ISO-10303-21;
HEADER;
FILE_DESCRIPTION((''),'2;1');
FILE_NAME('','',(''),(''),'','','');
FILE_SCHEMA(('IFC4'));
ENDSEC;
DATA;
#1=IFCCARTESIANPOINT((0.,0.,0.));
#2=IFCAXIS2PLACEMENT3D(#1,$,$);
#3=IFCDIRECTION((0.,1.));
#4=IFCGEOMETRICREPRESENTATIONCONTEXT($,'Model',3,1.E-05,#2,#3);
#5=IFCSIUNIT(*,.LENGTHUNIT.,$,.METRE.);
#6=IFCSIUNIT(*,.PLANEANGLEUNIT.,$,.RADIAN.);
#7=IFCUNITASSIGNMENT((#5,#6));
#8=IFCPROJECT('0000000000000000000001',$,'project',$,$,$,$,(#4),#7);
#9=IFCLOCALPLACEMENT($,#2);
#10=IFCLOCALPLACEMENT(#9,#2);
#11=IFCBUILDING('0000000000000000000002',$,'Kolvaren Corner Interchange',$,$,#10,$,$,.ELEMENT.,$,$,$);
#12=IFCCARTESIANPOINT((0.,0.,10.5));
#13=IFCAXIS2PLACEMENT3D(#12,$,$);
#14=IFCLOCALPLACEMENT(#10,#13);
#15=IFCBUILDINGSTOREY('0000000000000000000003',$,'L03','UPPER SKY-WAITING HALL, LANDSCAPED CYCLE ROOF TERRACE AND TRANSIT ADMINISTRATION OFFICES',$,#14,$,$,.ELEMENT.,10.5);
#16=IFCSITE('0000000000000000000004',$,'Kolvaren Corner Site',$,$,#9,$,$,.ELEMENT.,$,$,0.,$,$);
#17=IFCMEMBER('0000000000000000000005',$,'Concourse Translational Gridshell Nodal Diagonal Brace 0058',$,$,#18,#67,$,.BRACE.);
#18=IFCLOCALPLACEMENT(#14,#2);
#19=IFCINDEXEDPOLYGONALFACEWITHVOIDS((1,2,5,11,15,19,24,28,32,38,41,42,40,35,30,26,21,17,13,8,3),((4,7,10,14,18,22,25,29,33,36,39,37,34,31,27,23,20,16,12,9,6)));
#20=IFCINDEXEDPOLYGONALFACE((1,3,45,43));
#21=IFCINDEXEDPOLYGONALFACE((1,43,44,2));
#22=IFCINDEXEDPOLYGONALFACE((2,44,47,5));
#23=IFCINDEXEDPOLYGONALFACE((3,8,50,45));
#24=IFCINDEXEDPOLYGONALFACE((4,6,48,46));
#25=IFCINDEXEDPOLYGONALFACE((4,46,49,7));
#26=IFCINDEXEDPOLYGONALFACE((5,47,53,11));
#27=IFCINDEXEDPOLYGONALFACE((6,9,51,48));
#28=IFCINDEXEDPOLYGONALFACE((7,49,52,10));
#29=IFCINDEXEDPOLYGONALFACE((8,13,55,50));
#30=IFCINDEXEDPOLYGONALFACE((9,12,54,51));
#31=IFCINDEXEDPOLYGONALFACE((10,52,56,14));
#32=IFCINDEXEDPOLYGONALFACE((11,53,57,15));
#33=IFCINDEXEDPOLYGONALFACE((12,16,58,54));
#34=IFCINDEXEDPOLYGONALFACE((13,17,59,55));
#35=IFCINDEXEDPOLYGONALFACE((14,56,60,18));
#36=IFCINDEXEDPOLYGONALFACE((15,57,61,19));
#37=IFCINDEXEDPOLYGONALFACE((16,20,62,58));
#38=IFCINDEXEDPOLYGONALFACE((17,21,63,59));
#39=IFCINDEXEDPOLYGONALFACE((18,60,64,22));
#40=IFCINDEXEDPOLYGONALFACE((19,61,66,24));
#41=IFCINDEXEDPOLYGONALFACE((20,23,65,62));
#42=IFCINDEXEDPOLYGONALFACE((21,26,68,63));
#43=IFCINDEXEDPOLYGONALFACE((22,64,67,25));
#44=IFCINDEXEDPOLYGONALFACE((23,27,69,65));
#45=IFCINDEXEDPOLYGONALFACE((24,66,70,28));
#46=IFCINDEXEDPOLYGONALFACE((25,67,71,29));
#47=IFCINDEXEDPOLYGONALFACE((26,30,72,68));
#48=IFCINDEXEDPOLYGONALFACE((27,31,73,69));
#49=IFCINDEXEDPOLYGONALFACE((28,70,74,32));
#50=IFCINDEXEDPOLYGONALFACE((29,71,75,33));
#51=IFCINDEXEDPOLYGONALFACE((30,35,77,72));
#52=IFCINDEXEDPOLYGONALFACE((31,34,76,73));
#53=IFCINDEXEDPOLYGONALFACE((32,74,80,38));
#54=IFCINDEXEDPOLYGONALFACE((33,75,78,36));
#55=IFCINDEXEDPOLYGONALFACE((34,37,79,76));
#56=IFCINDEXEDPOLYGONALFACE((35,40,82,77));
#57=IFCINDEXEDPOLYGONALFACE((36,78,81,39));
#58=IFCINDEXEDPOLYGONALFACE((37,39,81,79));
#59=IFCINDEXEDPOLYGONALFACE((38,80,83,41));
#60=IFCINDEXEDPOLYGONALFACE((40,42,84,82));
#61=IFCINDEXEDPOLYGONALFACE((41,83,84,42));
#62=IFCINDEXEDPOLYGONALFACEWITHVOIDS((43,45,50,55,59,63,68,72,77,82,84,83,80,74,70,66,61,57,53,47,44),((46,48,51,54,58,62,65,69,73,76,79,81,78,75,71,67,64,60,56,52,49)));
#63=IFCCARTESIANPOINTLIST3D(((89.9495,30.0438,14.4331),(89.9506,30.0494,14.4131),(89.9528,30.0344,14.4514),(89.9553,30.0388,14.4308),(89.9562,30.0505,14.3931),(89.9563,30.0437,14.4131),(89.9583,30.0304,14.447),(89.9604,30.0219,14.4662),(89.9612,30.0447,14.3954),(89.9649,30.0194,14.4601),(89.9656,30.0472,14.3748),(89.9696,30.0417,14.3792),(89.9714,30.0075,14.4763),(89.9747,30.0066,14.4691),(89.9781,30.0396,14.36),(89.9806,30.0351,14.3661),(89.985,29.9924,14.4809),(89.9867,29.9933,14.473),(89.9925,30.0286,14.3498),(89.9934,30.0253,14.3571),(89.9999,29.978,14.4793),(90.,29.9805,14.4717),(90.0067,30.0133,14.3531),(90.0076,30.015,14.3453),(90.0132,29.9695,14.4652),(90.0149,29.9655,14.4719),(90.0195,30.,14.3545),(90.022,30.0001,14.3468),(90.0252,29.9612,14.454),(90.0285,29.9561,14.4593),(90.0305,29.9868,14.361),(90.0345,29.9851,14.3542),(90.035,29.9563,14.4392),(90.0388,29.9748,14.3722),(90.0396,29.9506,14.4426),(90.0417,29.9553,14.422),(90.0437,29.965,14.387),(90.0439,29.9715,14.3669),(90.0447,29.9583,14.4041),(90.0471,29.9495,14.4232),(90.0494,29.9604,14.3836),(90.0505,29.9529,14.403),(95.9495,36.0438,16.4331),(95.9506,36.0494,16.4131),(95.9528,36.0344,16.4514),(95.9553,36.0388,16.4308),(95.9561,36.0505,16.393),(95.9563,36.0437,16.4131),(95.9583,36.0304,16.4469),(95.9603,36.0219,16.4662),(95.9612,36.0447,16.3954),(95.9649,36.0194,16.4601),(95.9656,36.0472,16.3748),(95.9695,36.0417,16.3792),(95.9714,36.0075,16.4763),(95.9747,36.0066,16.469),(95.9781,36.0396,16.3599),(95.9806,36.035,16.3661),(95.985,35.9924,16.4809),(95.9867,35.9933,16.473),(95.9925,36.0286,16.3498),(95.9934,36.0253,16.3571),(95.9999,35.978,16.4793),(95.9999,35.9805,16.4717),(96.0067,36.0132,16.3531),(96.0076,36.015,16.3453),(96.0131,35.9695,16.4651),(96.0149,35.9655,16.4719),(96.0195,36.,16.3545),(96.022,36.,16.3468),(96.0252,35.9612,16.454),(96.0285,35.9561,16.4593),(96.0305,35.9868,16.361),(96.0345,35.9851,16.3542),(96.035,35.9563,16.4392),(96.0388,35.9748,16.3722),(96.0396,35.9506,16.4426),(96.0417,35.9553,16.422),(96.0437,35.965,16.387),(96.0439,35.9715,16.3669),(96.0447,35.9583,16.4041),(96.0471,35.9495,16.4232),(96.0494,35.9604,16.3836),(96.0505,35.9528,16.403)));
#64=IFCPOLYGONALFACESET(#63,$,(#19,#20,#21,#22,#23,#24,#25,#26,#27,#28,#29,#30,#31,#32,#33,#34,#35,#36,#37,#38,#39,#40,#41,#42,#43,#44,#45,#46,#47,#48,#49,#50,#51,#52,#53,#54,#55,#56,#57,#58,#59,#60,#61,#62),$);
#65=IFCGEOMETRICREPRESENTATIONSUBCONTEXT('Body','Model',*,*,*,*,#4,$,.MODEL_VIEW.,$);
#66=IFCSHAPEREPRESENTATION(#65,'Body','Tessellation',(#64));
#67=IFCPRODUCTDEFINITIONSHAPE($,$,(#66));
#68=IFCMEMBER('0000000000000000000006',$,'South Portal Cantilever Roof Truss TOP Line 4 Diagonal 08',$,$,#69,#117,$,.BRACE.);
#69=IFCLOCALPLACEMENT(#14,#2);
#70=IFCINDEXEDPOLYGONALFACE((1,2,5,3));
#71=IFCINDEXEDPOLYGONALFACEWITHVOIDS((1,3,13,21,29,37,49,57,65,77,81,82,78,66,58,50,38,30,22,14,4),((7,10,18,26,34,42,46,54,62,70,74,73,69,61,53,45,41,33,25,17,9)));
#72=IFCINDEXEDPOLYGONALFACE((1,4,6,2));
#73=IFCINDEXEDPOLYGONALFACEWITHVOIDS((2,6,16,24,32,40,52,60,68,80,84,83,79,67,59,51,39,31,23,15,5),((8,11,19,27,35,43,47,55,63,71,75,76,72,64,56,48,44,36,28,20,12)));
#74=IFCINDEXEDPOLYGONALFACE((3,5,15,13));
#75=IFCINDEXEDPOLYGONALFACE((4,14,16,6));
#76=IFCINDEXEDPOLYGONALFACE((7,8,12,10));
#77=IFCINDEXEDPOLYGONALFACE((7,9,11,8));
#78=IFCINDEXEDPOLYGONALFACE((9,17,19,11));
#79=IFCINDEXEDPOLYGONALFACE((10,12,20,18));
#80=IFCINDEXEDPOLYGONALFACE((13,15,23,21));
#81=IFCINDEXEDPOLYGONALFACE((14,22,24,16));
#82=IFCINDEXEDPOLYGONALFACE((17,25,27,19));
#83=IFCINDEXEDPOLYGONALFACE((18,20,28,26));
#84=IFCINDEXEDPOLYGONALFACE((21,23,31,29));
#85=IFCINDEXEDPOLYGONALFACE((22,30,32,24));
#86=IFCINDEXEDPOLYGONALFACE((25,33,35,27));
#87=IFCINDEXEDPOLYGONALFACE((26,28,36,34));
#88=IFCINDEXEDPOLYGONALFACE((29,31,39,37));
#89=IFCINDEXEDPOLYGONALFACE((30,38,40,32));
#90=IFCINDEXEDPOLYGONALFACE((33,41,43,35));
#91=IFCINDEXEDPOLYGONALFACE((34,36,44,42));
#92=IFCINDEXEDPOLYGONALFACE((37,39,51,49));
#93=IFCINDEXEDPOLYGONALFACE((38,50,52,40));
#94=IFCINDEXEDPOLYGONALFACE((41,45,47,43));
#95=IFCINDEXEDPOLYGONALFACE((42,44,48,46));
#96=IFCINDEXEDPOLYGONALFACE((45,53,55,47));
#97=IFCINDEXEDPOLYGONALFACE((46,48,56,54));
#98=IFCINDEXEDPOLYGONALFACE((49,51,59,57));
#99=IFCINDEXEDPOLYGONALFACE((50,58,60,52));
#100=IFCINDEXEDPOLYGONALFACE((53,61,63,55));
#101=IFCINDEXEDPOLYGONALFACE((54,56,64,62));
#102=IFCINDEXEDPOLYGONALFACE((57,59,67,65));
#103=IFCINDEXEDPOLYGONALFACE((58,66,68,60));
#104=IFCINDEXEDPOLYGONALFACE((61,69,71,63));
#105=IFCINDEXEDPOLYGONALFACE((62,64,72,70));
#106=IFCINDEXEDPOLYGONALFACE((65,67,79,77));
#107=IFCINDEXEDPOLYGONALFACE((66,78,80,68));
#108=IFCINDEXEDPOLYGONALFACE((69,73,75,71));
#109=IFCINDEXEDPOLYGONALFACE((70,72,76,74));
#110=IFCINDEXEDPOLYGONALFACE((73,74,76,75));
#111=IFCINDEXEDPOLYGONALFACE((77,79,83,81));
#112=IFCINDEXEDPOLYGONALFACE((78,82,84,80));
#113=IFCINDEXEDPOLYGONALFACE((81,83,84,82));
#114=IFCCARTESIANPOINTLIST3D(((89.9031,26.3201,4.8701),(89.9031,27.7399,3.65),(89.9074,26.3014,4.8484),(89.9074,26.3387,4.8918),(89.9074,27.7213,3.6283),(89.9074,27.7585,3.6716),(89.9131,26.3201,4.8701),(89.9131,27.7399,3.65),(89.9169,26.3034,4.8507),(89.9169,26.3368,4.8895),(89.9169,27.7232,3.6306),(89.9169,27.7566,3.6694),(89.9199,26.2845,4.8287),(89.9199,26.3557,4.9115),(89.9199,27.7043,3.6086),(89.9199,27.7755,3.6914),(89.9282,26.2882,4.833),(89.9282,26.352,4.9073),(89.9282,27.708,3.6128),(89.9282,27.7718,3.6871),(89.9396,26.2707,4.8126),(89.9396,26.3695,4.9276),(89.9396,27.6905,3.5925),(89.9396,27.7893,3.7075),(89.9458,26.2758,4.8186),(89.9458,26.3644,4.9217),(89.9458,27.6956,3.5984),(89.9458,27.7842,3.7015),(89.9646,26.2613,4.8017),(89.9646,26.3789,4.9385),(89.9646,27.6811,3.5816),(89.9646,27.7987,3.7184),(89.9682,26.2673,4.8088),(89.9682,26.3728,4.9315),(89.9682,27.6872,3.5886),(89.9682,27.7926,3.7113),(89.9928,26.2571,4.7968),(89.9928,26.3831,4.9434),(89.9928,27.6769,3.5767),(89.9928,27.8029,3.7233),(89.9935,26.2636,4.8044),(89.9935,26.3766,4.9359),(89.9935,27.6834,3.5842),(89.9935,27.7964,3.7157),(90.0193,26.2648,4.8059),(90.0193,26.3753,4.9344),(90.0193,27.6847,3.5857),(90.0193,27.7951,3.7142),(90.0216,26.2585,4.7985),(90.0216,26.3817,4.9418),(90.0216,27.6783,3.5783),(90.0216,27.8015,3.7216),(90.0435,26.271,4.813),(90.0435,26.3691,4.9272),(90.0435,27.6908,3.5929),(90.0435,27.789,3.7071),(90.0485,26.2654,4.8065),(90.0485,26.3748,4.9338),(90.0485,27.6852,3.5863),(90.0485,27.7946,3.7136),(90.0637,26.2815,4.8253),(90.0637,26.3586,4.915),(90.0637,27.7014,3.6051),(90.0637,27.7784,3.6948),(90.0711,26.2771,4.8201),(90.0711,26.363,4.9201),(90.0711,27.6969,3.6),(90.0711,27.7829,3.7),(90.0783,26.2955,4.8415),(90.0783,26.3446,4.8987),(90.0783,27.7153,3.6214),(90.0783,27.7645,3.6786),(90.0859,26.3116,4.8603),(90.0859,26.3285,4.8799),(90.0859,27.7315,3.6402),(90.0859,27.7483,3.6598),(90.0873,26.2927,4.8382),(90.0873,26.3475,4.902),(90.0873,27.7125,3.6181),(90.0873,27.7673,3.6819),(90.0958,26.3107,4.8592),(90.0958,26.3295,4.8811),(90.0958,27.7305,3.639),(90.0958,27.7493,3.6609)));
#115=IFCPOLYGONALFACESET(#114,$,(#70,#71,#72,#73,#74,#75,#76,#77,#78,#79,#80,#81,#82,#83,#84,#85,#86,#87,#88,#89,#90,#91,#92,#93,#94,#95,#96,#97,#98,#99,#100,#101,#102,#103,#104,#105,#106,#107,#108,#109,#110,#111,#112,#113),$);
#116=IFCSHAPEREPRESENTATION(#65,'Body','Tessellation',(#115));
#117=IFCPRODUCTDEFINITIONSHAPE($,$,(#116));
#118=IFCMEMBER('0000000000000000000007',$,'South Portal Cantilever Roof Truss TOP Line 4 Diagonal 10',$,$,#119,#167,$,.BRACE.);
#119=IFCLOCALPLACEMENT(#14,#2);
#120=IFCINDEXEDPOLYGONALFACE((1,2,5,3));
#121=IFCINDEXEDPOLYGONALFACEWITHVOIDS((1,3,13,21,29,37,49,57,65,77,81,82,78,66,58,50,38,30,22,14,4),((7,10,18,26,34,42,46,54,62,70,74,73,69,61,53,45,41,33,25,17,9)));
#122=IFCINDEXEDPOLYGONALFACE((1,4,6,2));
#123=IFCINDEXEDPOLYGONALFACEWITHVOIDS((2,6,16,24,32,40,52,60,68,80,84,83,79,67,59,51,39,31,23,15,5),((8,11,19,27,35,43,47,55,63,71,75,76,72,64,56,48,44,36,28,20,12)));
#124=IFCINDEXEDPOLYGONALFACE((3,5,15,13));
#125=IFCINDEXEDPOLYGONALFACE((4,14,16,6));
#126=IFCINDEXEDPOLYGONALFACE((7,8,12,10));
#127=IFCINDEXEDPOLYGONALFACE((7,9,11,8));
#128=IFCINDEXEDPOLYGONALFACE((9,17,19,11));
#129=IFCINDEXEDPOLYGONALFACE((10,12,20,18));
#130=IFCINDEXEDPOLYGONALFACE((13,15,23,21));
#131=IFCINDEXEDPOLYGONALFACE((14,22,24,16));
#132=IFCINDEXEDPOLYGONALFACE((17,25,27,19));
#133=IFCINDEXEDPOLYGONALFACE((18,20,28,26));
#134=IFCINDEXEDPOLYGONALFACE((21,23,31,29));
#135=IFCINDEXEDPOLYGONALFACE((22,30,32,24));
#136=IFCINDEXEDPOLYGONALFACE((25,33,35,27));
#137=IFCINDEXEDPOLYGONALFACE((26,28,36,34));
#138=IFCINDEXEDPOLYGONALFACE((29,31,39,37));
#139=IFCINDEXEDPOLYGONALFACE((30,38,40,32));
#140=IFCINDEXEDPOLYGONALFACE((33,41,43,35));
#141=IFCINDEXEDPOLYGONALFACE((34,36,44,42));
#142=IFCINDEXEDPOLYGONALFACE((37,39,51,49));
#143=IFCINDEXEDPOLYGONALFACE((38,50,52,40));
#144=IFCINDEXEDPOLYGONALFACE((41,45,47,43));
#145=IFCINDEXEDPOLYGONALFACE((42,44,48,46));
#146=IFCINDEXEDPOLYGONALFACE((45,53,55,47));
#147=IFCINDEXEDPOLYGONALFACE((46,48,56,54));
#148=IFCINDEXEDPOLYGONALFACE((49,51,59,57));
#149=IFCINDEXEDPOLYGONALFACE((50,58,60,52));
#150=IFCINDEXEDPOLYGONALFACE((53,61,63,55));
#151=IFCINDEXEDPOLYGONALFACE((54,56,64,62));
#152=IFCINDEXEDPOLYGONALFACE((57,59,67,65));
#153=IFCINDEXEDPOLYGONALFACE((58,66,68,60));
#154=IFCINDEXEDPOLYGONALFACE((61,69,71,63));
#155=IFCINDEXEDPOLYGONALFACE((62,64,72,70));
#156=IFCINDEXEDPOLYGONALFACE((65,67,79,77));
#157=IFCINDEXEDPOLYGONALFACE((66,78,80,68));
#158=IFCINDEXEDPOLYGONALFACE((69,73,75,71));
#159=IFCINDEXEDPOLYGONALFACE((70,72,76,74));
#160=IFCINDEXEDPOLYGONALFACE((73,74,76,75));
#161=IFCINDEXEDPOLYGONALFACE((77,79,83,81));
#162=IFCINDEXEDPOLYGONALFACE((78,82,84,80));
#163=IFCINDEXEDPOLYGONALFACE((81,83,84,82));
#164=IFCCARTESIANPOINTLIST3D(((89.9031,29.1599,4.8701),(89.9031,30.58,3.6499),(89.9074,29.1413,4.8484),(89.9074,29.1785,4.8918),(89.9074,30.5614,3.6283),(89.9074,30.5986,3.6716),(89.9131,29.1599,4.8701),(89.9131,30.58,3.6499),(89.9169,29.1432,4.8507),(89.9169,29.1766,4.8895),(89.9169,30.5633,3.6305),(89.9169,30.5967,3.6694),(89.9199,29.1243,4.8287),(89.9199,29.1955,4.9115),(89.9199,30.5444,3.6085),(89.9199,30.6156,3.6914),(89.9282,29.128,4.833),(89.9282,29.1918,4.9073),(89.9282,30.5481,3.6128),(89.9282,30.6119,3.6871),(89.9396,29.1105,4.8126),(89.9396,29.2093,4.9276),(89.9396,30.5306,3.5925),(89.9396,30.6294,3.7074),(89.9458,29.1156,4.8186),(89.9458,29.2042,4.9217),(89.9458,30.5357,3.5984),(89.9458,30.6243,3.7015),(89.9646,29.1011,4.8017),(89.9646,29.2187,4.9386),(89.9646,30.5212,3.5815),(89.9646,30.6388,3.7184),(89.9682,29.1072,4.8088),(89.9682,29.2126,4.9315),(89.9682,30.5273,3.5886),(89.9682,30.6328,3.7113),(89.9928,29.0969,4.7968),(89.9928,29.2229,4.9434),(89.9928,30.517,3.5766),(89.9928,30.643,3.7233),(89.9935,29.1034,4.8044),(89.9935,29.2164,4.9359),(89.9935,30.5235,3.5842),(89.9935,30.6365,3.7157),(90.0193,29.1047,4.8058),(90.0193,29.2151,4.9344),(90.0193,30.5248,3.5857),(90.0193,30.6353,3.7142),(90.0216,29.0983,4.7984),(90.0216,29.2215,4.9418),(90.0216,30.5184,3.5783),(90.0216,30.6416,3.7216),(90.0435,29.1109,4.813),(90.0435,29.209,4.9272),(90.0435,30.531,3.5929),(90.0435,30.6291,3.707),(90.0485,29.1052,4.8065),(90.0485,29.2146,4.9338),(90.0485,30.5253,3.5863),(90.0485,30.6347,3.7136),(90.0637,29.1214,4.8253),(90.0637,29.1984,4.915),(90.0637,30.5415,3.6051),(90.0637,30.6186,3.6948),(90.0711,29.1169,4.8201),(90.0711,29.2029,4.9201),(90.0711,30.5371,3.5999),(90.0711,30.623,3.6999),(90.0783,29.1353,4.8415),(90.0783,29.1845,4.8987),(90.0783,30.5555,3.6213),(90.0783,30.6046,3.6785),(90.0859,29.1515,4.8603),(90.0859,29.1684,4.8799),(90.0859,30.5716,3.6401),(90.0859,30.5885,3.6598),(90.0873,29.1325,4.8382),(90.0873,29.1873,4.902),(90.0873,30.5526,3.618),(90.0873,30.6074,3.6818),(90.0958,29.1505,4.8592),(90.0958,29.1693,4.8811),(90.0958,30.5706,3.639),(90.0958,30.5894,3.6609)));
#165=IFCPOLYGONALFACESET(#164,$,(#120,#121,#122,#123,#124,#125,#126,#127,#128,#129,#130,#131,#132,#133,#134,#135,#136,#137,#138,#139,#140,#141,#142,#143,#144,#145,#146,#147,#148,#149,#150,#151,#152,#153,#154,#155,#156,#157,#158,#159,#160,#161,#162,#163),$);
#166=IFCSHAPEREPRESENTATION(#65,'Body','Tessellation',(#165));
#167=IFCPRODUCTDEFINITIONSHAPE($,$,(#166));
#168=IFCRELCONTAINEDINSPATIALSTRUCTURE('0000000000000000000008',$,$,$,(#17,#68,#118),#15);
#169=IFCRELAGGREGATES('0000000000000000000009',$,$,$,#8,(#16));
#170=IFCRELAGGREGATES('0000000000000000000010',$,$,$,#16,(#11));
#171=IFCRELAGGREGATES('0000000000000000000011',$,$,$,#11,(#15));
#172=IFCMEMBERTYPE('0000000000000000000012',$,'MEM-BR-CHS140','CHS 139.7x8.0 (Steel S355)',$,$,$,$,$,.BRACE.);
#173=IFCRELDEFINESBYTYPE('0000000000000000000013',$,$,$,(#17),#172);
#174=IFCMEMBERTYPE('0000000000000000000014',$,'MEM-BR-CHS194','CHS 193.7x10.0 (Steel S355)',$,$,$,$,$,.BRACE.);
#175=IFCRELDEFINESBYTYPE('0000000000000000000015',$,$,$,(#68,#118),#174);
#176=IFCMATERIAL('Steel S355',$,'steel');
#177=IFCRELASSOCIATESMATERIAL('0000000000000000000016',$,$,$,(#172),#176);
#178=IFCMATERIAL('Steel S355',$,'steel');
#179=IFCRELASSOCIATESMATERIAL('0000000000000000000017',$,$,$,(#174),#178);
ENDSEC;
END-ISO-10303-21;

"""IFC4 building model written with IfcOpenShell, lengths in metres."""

from ifc_helpers import new_model, si_unit, direction, frame, origin, origin_2d, place, context, subcontext, project, spatial, hollow_circle, extrude, material, material_profile, profile_set, type_object, element, save


model = new_model("IFC4")

# Units and contexts
model_context = context("Model", 3, precision=1e-05, world=origin(), true_north=direction((0.0, 1.0)))
body_context = subcontext(model_context, "Body", "Model", "MODEL_VIEW")
ifc_project = project(units=[si_unit("LENGTHUNIT", "METRE"), si_unit("PLANEANGLEUNIT", "RADIAN")], contexts=[model_context])

# Site, building, storey
site_placement = place(None, origin())
site = spatial("IfcSite", under=ifc_project, at=site_placement, Name="Kolvaren Corner Site", CompositionType="ELEMENT", RefElevation=0.0)
building_placement = place(site_placement, origin())
building = spatial("IfcBuilding", under=site, at=building_placement, Name="Kolvaren Corner Interchange", CompositionType="ELEMENT")
storey_placement = place(building_placement, frame((0.0, 0.0, 10.5)))
storey = spatial("IfcBuildingStorey", under=building, at=storey_placement, Name="L03", Description="UPPER SKY-WAITING HALL, LANDSCAPED CYCLE ROOF TERRACE AND TRANSIT ADMINISTRATION OFFICES", CompositionType="ELEMENT", Elevation=10.5)

# Members
ifc_material_1 = material(Name="Steel S355", Category="steel")
ifc_material_profile_1 = material_profile(ifc_material_1, hollow_circle(Radius=0.0698, WallThickness=0.0081, at=origin_2d()), Name="CHS 139.7x8.0")
ifc_profile_set_1 = profile_set([ifc_material_profile_1], Name="Steel S355")
member_type_1 = type_object("IfcMemberType", Name="MEM-BR-CHS140", Description="CHS 139.7x8.0 (Steel S355)", PredefinedType="BRACE", material=ifc_profile_set_1)
member_1_placement = place(storey_placement, frame((90.0, 30.0, 14.4131), z_axis=(0.688247, 0.688247, 0.229416), x_axis=(-0.707107, 0.707107, 0.0)))
element("IfcMember", 1, at=member_1_placement, inside=storey, type_object=member_type_1, Name="Concourse Translational Gridshell Nodal Diagonal Brace 0058", PredefinedType="BRACE", context=body_context, shape_type="SweptSolid", body=[
    extrude(hollow_circle(Radius=0.0698, WallThickness=0.0081, at=origin_2d()), origin(), (0.0, 0.0, 1.0), 8.7178),
])
ifc_material_2 = material(Name="Steel S355", Category="steel")
ifc_material_profile_2 = material_profile(ifc_material_2, hollow_circle(Radius=0.0969, WallThickness=0.01, at=origin_2d()), Name="CHS 193.7x10.0")
ifc_profile_set_2 = profile_set([ifc_material_profile_2], Name="Steel S355")
member_type_2 = type_object("IfcMemberType", Name="MEM-BR-CHS194", Description="CHS 193.7x10.0 (Steel S355)", PredefinedType="BRACE", material=ifc_profile_set_2)
member_2_placement = place(storey_placement, frame((90.0, 26.3201, 4.8701), z_axis=(0.0, 0.758428, -0.651757), x_axis=(-1.0, 0.0, 0.0)))
element("IfcMember", 2, at=member_2_placement, inside=storey, type_object=member_type_2, Name="South Portal Cantilever Roof Truss TOP Line 4 Diagonal 08", PredefinedType="BRACE", context=body_context, shape_type="SweptSolid", body=[
    extrude(hollow_circle(Radius=0.0969, WallThickness=0.01, at=origin_2d()), origin(), (0.0, 0.0, 1.0), 1.8721),
])
member_3_placement = place(storey_placement, frame((90.0, 29.1599, 4.8701), z_axis=(0.0, 0.758483, -0.651693), x_axis=(-1.0, 0.0, 0.0)))
element("IfcMember", 3, at=member_3_placement, inside=storey, type_object=member_type_2, Name="South Portal Cantilever Roof Truss TOP Line 4 Diagonal 10", PredefinedType="BRACE", context=body_context, shape_type="SweptSolid", body=[
    extrude(hollow_circle(Radius=0.0969, WallThickness=0.01, at=origin_2d()), origin(), (0.0, 0.0, 1.0), 1.8723),
])

save(model, "model.ifc")
